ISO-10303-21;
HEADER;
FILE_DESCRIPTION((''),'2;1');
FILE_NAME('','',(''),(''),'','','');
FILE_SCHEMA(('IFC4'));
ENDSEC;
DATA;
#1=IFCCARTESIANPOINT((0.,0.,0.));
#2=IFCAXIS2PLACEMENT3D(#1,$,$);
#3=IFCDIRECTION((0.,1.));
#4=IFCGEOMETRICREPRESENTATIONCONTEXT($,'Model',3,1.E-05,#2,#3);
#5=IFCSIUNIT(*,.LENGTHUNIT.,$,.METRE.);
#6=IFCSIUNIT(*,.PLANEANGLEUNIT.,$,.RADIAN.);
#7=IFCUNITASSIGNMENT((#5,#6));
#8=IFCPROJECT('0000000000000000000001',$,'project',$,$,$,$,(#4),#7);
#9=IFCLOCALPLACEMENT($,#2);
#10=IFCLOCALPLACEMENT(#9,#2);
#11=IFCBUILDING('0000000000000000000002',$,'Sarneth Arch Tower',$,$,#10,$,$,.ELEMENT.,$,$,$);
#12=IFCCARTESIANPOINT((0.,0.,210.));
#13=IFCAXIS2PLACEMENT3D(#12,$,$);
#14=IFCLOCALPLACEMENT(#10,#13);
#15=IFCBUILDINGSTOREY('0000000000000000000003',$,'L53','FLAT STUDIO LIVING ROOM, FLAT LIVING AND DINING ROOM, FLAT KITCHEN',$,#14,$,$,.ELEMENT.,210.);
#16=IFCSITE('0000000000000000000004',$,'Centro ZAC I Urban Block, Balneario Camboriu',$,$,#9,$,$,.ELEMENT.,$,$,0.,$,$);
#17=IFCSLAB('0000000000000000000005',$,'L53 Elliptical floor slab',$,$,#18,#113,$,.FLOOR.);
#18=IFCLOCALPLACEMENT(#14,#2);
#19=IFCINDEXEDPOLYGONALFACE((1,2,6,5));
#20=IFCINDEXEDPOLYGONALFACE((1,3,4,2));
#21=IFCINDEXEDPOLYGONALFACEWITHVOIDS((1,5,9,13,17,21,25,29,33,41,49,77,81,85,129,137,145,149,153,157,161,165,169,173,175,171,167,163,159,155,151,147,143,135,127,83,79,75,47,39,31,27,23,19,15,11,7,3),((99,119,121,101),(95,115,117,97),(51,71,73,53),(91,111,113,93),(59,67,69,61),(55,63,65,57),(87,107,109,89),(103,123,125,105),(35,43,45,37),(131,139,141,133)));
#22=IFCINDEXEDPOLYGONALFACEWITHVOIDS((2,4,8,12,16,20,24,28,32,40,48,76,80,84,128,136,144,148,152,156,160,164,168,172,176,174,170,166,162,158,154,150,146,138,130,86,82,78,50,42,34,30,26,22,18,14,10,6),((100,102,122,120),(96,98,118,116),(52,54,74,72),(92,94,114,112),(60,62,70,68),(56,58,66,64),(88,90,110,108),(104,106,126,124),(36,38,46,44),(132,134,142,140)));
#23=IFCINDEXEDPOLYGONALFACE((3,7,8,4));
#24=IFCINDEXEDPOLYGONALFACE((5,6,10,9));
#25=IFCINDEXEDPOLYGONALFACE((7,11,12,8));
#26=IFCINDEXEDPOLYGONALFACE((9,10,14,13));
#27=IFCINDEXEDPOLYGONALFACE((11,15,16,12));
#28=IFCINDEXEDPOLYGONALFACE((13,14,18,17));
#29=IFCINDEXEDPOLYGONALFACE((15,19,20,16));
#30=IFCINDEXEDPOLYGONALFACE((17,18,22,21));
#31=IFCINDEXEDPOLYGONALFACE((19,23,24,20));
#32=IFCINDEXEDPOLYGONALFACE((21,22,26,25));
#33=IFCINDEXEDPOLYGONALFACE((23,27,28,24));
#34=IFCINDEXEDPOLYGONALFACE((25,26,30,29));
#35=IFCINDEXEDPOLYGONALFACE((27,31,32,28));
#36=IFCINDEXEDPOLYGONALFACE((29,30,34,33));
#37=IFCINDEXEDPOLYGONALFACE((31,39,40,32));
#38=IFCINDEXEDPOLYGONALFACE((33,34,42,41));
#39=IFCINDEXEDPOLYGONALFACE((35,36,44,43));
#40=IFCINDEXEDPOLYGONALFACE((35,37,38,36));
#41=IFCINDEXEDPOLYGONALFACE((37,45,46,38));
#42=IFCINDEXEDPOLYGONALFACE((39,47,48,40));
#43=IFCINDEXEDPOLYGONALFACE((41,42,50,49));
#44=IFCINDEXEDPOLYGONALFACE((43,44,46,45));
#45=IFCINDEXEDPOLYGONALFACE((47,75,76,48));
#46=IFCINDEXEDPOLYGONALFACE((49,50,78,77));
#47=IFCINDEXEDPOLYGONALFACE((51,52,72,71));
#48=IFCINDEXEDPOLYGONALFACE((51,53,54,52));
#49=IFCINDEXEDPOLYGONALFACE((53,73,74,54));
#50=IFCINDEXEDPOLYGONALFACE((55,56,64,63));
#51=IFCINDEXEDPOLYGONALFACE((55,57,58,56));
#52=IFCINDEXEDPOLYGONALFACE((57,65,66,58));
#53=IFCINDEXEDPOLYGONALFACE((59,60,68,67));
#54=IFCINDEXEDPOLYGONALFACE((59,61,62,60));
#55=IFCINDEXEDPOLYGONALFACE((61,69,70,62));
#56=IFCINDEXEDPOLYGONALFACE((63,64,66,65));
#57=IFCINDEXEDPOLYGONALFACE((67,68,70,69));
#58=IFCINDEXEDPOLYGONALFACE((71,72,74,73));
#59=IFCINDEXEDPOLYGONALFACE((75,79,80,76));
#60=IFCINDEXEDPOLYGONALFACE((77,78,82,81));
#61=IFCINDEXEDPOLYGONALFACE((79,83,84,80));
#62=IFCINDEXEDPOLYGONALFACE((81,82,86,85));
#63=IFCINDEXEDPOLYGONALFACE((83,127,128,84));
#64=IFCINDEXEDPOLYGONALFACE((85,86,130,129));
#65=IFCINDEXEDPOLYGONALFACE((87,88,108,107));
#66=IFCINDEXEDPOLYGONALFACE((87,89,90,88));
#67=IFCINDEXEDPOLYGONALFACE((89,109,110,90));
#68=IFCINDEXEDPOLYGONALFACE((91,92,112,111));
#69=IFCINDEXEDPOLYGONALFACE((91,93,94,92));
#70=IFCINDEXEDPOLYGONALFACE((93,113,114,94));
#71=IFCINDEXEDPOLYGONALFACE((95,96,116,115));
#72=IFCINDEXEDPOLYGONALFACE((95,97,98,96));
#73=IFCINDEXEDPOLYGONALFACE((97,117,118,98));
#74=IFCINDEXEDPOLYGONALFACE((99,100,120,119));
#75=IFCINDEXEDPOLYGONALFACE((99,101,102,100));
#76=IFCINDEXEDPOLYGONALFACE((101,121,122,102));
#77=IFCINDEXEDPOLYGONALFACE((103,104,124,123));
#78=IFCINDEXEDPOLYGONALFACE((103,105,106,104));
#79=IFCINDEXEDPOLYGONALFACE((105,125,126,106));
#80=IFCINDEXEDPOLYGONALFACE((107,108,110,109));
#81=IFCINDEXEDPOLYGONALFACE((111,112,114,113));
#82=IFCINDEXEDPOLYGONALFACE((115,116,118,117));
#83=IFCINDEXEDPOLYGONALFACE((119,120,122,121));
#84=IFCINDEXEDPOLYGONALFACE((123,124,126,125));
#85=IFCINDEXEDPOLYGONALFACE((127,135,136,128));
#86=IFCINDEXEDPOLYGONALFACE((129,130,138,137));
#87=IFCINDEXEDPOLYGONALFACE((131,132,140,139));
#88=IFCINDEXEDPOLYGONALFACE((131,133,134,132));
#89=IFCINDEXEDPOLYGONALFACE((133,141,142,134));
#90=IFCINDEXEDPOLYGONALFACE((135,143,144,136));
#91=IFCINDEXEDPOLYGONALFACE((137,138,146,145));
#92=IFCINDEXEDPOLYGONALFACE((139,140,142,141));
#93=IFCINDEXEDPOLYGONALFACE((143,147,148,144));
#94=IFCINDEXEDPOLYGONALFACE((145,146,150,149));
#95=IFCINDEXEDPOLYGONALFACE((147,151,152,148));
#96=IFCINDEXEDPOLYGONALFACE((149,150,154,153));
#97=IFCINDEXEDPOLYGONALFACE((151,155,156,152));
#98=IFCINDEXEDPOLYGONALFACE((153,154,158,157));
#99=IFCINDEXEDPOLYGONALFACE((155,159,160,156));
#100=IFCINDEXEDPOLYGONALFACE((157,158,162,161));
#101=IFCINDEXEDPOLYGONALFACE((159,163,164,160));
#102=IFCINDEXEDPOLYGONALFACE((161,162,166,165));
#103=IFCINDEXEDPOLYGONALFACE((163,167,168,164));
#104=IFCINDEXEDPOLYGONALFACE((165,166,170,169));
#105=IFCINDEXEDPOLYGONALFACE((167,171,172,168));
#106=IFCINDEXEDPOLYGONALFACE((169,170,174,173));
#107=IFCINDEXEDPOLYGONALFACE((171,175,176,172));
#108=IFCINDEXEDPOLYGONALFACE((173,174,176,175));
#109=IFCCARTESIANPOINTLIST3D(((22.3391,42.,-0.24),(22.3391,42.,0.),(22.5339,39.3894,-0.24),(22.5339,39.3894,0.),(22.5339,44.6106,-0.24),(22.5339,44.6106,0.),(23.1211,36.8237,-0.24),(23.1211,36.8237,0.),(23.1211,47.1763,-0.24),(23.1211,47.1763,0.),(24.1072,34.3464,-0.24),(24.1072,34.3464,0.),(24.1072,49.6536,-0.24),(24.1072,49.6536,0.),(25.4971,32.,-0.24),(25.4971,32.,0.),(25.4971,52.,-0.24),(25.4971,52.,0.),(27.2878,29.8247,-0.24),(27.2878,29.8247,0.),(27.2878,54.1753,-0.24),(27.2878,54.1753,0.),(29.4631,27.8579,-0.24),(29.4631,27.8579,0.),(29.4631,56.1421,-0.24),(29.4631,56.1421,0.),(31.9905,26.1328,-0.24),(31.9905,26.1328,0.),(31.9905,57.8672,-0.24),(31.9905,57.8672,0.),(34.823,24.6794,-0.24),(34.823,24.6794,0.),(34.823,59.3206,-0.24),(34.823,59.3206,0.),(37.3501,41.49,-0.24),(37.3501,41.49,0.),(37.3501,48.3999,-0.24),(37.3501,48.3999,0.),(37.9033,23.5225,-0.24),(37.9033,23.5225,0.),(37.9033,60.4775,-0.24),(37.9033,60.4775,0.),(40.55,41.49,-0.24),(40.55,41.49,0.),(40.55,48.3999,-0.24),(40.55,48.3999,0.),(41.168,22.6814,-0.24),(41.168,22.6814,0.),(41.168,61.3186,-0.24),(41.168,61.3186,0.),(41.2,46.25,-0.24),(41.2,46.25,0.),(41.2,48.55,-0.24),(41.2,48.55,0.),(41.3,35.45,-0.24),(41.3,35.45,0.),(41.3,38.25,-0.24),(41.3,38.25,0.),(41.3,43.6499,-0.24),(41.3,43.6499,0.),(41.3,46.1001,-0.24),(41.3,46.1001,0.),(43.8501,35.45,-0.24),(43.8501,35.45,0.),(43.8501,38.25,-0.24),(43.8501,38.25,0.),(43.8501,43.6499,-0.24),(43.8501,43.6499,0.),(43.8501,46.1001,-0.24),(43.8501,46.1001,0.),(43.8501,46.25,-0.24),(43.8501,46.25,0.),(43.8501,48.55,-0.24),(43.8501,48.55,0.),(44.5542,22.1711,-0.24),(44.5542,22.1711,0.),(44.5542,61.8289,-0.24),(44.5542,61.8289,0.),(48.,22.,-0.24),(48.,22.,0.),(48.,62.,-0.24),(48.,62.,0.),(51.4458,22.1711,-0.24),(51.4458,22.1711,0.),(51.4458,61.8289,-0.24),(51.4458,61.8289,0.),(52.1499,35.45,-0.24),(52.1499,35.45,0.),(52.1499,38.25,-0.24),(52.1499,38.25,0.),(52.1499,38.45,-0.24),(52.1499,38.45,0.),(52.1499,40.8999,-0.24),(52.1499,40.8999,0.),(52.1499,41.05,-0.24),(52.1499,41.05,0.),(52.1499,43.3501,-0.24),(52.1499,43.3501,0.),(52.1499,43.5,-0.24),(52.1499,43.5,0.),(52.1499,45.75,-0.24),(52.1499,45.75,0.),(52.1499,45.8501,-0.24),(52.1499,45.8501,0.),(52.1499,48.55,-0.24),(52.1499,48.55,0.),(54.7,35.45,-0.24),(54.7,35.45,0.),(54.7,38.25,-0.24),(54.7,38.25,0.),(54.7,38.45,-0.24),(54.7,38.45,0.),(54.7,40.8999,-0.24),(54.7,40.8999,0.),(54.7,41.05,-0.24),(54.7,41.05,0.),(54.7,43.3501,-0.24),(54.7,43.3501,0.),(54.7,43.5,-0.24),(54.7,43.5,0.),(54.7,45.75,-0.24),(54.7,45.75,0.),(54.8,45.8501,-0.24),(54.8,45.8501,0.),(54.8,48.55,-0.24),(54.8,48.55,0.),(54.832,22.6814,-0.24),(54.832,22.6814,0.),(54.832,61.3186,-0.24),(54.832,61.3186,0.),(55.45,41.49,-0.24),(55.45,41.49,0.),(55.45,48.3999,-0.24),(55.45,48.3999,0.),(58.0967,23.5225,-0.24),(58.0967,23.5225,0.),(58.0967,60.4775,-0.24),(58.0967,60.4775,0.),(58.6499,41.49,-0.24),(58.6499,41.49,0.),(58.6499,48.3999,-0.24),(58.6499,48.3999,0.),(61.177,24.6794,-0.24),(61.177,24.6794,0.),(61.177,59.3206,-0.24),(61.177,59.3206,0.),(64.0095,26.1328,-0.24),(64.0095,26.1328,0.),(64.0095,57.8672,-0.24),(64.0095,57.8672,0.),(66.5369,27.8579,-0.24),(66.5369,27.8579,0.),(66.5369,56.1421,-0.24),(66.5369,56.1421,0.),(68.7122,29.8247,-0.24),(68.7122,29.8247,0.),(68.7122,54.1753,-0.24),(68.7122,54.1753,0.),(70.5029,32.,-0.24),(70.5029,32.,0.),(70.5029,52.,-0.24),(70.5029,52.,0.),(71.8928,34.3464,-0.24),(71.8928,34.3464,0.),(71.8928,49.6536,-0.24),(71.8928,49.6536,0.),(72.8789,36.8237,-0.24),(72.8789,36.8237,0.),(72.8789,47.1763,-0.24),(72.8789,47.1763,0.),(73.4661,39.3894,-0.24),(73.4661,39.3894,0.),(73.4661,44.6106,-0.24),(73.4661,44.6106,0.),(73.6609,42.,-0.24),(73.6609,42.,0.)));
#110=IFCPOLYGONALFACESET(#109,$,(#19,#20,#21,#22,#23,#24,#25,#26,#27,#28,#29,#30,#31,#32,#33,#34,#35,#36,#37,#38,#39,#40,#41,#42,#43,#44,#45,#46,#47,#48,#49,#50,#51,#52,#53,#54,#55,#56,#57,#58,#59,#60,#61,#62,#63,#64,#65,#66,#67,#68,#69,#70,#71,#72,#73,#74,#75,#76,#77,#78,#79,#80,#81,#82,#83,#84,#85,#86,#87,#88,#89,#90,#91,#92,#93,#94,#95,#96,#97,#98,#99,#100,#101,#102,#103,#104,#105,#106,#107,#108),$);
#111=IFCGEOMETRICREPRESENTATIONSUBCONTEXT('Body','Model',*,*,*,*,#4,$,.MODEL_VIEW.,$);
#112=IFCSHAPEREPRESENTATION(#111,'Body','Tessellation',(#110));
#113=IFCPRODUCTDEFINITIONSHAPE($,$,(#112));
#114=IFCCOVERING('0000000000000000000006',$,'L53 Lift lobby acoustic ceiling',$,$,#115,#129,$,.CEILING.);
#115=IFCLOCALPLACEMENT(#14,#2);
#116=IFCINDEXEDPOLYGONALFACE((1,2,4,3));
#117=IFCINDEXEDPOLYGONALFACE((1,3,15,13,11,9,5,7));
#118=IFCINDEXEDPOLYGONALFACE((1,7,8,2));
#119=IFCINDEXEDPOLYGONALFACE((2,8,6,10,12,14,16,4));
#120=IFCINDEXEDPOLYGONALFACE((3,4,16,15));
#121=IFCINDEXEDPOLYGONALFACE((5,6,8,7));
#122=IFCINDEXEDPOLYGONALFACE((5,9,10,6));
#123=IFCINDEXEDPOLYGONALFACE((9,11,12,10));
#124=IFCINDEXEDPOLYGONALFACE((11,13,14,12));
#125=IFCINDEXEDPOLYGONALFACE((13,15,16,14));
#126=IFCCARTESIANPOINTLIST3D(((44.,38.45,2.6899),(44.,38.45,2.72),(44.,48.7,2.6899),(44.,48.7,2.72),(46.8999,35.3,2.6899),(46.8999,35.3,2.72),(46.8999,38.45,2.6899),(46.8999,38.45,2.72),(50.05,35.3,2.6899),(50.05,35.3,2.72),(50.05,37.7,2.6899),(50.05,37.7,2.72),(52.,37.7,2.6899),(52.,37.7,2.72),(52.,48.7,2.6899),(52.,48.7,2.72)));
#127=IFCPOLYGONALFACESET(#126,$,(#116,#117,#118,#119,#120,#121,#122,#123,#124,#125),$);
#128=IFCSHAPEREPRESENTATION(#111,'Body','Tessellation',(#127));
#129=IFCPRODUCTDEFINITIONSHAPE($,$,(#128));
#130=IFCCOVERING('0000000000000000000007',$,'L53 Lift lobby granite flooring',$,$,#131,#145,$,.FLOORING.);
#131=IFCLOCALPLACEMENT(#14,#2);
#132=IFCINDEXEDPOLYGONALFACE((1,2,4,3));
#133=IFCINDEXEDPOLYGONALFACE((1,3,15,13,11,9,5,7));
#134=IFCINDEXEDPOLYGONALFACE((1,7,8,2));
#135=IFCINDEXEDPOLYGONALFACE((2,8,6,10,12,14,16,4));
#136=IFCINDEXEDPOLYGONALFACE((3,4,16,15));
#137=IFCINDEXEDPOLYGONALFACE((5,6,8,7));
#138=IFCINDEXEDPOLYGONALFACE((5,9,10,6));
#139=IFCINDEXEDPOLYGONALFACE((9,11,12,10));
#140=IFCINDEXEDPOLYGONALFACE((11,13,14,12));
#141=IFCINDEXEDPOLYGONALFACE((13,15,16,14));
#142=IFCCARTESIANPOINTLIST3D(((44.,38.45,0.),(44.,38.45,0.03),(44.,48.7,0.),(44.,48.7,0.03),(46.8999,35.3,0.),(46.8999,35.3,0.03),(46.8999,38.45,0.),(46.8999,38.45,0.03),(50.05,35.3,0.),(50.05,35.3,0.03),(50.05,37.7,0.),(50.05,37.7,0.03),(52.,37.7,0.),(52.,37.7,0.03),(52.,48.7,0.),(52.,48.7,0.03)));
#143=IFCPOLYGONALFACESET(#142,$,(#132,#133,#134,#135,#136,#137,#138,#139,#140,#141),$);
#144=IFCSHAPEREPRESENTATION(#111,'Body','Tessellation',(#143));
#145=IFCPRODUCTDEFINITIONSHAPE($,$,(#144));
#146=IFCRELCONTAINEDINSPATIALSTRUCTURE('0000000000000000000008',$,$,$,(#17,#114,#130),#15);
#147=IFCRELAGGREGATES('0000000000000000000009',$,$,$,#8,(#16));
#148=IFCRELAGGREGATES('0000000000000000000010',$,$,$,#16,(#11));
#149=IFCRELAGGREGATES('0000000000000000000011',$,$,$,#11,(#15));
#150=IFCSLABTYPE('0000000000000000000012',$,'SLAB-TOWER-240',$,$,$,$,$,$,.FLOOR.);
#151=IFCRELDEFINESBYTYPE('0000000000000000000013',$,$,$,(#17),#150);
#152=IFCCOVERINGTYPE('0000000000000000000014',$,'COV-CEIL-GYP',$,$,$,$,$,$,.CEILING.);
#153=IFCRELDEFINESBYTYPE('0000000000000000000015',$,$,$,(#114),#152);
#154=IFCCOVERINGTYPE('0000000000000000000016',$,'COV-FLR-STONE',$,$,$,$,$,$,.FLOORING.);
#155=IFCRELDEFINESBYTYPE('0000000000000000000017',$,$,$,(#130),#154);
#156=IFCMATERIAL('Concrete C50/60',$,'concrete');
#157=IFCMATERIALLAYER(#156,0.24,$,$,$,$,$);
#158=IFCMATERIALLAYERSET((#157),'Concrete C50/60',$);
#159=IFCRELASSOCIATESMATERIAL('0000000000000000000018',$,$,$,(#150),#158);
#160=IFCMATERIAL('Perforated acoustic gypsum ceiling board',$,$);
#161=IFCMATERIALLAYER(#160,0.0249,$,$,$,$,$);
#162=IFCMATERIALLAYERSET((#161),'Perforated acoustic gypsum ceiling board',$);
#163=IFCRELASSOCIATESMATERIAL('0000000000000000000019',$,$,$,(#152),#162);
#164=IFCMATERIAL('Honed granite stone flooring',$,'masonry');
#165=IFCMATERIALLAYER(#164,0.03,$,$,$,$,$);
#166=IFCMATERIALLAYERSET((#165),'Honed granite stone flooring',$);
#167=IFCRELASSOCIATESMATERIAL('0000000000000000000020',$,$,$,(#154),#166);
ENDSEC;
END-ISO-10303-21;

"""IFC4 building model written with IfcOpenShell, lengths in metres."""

from ifc_helpers import new_model, si_unit, direction, frame, origin, place, context, subcontext, project, spatial, polyline, outline, extrude, material, layer, layer_set, type_object, element, save


model = new_model("IFC4")

# Units and contexts
model_context = context("Model", 3, precision=1e-05, world=origin(), true_north=direction((0.0, 1.0)))
body_context = subcontext(model_context, "Body", "Model", "MODEL_VIEW")
ifc_project = project(units=[si_unit("LENGTHUNIT", "METRE"), si_unit("PLANEANGLEUNIT", "RADIAN")], contexts=[model_context])

# Site, building, storey
site_placement = place(None, origin())
site = spatial("IfcSite", under=ifc_project, at=site_placement, Name="Centro ZAC I Urban Block, Balneario Camboriu", CompositionType="ELEMENT", RefElevation=0.0)
building_placement = place(site_placement, origin())
building = spatial("IfcBuilding", under=site, at=building_placement, Name="Sarneth Arch Tower", CompositionType="ELEMENT")
storey_placement = place(building_placement, frame((0.0, 0.0, 210.0)))
storey = spatial("IfcBuildingStorey", under=building, at=storey_placement, Name="L53", Description="FLAT STUDIO LIVING ROOM, FLAT LIVING AND DINING ROOM, FLAT KITCHEN", CompositionType="ELEMENT", Elevation=210.0)

# Slab
ifc_material_1 = material(Name="Concrete C50/60", Category="concrete")
ifc_layer_1 = layer(ifc_material_1, 0.24)
ifc_layer_set_1 = layer_set([ifc_layer_1], Name="Concrete C50/60")
slab_type_1 = type_object("IfcSlabType", Name="SLAB-TOWER-240", PredefinedType="FLOOR", material=ifc_layer_set_1)
slab_1_placement = place(storey_placement, frame((0.0, 0.0, -0.24)))
element("IfcSlab", 1, at=slab_1_placement, inside=storey, type_object=slab_type_1, Name="L53 Elliptical floor slab", PredefinedType="FLOOR", context=body_context, shape_type="SweptSolid", body=[
    extrude(outline(polyline([(73.6609, 42.0), (73.4661, 44.6106), (72.8789, 47.1763), (71.8928, 49.6536), (70.5029, 52.0), (68.7122, 54.1753), (66.5369, 56.1421), (64.0095, 57.8672), (61.177, 59.3206), (58.0967, 60.4775), (54.832, 61.3186), (51.4458, 61.8289), (48.0, 62.0), (44.5542, 61.8289), (41.168, 61.3186), (37.9033, 60.4775), (34.823, 59.3206), (31.9905, 57.8672), (29.4631, 56.1421), (27.2878, 54.1753), (25.4971, 52.0), (24.1072, 49.6536), (23.1211, 47.1763), (22.5339, 44.6106), (22.3391, 42.0), (22.5339, 39.3894), (23.1211, 36.8237), (24.1072, 34.3464), (25.4971, 32.0), (27.2878, 29.8247), (29.4631, 27.8579), (31.9905, 26.1328), (34.823, 24.6794), (37.9033, 23.5225), (41.168, 22.6814), (44.5542, 22.1711), (48.0, 22.0), (51.4458, 22.1711), (54.832, 22.6814), (58.0967, 23.5225), (61.177, 24.6794), (64.0095, 26.1328), (66.5369, 27.8579), (68.7122, 29.8247), (70.5029, 32.0), (71.8928, 34.3464), (72.8789, 36.8237), (73.4661, 39.3894), (73.6609, 42.0)]), holes=[polyline([(37.3501, 41.49), (40.55, 41.49), (40.55, 48.3999), (37.3501, 48.3999), (37.3501, 41.49)]), polyline([(55.45, 41.49), (58.6499, 41.49), (58.6499, 48.3999), (55.45, 48.3999), (55.45, 41.49)]), polyline([(41.2, 46.25), (43.8501, 46.25), (43.8501, 48.55), (41.2, 48.55), (41.2, 46.25)]), polyline([(41.3, 35.45), (43.8501, 35.45), (43.8501, 38.25), (41.3, 38.25), (41.3, 35.45)]), polyline([(52.1499, 35.45), (54.7, 35.45), (54.7, 38.25), (52.1499, 38.25), (52.1499, 35.45)]), polyline([(52.1499, 45.8501), (54.8, 45.8501), (54.8, 48.55), (52.1499, 48.55), (52.1499, 45.8501)]), polyline([(41.3, 43.6499), (43.8501, 43.6499), (43.8501, 46.1001), (41.3, 46.1001), (41.3, 43.6499)]), polyline([(52.1499, 38.45), (54.7, 38.45), (54.7, 40.8999), (52.1499, 40.8999), (52.1499, 38.45)]), polyline([(52.1499, 41.05), (54.7, 41.05), (54.7, 43.3501), (52.1499, 43.3501), (52.1499, 41.05)]), polyline([(52.1499, 43.5), (54.7, 43.5), (54.7, 45.75), (52.1499, 45.75), (52.1499, 43.5)])]), origin(), (0.0, 0.0, 1.0), 0.24),
])

# Coverings
ifc_material_2 = material(Name="Perforated acoustic gypsum ceiling board")
ifc_layer_2 = layer(ifc_material_2, 0.0249)
ifc_layer_set_2 = layer_set([ifc_layer_2], Name="Perforated acoustic gypsum ceiling board")
covering_type_1 = type_object("IfcCoveringType", Name="COV-CEIL-GYP", PredefinedType="CEILING", material=ifc_layer_set_2)
covering_1_placement = place(storey_placement, frame((0.0, 0.0, 2.6899)))
element("IfcCovering", 2, at=covering_1_placement, inside=storey, type_object=covering_type_1, Name="L53 Lift lobby acoustic ceiling", PredefinedType="CEILING", context=body_context, shape_type="SweptSolid", body=[
    extrude(outline(polyline([(52.0, 37.7), (50.05, 37.7), (50.05, 35.3), (46.8999, 35.3), (46.8999, 38.45), (44.0, 38.45), (44.0, 48.7), (52.0, 48.7), (52.0, 37.7)])), origin(), (0.0, 0.0, 1.0), 0.03),
])
ifc_material_3 = material(Name="Honed granite stone flooring", Category="masonry")
ifc_layer_3 = layer(ifc_material_3, 0.03)
ifc_layer_set_3 = layer_set([ifc_layer_3], Name="Honed granite stone flooring")
covering_type_2 = type_object("IfcCoveringType", Name="COV-FLR-STONE", PredefinedType="FLOORING", material=ifc_layer_set_3)
covering_2_placement = place(storey_placement, origin())
element("IfcCovering", 3, at=covering_2_placement, inside=storey, type_object=covering_type_2, Name="L53 Lift lobby granite flooring", PredefinedType="FLOORING", context=body_context, shape_type="SweptSolid", body=[
    extrude(outline(polyline([(52.0, 37.7), (50.05, 37.7), (50.05, 35.3), (46.8999, 35.3), (46.8999, 38.45), (44.0, 38.45), (44.0, 48.7), (52.0, 48.7), (52.0, 37.7)])), origin(), (0.0, 0.0, 1.0), 0.03),
])

save(model, "model.ifc")
